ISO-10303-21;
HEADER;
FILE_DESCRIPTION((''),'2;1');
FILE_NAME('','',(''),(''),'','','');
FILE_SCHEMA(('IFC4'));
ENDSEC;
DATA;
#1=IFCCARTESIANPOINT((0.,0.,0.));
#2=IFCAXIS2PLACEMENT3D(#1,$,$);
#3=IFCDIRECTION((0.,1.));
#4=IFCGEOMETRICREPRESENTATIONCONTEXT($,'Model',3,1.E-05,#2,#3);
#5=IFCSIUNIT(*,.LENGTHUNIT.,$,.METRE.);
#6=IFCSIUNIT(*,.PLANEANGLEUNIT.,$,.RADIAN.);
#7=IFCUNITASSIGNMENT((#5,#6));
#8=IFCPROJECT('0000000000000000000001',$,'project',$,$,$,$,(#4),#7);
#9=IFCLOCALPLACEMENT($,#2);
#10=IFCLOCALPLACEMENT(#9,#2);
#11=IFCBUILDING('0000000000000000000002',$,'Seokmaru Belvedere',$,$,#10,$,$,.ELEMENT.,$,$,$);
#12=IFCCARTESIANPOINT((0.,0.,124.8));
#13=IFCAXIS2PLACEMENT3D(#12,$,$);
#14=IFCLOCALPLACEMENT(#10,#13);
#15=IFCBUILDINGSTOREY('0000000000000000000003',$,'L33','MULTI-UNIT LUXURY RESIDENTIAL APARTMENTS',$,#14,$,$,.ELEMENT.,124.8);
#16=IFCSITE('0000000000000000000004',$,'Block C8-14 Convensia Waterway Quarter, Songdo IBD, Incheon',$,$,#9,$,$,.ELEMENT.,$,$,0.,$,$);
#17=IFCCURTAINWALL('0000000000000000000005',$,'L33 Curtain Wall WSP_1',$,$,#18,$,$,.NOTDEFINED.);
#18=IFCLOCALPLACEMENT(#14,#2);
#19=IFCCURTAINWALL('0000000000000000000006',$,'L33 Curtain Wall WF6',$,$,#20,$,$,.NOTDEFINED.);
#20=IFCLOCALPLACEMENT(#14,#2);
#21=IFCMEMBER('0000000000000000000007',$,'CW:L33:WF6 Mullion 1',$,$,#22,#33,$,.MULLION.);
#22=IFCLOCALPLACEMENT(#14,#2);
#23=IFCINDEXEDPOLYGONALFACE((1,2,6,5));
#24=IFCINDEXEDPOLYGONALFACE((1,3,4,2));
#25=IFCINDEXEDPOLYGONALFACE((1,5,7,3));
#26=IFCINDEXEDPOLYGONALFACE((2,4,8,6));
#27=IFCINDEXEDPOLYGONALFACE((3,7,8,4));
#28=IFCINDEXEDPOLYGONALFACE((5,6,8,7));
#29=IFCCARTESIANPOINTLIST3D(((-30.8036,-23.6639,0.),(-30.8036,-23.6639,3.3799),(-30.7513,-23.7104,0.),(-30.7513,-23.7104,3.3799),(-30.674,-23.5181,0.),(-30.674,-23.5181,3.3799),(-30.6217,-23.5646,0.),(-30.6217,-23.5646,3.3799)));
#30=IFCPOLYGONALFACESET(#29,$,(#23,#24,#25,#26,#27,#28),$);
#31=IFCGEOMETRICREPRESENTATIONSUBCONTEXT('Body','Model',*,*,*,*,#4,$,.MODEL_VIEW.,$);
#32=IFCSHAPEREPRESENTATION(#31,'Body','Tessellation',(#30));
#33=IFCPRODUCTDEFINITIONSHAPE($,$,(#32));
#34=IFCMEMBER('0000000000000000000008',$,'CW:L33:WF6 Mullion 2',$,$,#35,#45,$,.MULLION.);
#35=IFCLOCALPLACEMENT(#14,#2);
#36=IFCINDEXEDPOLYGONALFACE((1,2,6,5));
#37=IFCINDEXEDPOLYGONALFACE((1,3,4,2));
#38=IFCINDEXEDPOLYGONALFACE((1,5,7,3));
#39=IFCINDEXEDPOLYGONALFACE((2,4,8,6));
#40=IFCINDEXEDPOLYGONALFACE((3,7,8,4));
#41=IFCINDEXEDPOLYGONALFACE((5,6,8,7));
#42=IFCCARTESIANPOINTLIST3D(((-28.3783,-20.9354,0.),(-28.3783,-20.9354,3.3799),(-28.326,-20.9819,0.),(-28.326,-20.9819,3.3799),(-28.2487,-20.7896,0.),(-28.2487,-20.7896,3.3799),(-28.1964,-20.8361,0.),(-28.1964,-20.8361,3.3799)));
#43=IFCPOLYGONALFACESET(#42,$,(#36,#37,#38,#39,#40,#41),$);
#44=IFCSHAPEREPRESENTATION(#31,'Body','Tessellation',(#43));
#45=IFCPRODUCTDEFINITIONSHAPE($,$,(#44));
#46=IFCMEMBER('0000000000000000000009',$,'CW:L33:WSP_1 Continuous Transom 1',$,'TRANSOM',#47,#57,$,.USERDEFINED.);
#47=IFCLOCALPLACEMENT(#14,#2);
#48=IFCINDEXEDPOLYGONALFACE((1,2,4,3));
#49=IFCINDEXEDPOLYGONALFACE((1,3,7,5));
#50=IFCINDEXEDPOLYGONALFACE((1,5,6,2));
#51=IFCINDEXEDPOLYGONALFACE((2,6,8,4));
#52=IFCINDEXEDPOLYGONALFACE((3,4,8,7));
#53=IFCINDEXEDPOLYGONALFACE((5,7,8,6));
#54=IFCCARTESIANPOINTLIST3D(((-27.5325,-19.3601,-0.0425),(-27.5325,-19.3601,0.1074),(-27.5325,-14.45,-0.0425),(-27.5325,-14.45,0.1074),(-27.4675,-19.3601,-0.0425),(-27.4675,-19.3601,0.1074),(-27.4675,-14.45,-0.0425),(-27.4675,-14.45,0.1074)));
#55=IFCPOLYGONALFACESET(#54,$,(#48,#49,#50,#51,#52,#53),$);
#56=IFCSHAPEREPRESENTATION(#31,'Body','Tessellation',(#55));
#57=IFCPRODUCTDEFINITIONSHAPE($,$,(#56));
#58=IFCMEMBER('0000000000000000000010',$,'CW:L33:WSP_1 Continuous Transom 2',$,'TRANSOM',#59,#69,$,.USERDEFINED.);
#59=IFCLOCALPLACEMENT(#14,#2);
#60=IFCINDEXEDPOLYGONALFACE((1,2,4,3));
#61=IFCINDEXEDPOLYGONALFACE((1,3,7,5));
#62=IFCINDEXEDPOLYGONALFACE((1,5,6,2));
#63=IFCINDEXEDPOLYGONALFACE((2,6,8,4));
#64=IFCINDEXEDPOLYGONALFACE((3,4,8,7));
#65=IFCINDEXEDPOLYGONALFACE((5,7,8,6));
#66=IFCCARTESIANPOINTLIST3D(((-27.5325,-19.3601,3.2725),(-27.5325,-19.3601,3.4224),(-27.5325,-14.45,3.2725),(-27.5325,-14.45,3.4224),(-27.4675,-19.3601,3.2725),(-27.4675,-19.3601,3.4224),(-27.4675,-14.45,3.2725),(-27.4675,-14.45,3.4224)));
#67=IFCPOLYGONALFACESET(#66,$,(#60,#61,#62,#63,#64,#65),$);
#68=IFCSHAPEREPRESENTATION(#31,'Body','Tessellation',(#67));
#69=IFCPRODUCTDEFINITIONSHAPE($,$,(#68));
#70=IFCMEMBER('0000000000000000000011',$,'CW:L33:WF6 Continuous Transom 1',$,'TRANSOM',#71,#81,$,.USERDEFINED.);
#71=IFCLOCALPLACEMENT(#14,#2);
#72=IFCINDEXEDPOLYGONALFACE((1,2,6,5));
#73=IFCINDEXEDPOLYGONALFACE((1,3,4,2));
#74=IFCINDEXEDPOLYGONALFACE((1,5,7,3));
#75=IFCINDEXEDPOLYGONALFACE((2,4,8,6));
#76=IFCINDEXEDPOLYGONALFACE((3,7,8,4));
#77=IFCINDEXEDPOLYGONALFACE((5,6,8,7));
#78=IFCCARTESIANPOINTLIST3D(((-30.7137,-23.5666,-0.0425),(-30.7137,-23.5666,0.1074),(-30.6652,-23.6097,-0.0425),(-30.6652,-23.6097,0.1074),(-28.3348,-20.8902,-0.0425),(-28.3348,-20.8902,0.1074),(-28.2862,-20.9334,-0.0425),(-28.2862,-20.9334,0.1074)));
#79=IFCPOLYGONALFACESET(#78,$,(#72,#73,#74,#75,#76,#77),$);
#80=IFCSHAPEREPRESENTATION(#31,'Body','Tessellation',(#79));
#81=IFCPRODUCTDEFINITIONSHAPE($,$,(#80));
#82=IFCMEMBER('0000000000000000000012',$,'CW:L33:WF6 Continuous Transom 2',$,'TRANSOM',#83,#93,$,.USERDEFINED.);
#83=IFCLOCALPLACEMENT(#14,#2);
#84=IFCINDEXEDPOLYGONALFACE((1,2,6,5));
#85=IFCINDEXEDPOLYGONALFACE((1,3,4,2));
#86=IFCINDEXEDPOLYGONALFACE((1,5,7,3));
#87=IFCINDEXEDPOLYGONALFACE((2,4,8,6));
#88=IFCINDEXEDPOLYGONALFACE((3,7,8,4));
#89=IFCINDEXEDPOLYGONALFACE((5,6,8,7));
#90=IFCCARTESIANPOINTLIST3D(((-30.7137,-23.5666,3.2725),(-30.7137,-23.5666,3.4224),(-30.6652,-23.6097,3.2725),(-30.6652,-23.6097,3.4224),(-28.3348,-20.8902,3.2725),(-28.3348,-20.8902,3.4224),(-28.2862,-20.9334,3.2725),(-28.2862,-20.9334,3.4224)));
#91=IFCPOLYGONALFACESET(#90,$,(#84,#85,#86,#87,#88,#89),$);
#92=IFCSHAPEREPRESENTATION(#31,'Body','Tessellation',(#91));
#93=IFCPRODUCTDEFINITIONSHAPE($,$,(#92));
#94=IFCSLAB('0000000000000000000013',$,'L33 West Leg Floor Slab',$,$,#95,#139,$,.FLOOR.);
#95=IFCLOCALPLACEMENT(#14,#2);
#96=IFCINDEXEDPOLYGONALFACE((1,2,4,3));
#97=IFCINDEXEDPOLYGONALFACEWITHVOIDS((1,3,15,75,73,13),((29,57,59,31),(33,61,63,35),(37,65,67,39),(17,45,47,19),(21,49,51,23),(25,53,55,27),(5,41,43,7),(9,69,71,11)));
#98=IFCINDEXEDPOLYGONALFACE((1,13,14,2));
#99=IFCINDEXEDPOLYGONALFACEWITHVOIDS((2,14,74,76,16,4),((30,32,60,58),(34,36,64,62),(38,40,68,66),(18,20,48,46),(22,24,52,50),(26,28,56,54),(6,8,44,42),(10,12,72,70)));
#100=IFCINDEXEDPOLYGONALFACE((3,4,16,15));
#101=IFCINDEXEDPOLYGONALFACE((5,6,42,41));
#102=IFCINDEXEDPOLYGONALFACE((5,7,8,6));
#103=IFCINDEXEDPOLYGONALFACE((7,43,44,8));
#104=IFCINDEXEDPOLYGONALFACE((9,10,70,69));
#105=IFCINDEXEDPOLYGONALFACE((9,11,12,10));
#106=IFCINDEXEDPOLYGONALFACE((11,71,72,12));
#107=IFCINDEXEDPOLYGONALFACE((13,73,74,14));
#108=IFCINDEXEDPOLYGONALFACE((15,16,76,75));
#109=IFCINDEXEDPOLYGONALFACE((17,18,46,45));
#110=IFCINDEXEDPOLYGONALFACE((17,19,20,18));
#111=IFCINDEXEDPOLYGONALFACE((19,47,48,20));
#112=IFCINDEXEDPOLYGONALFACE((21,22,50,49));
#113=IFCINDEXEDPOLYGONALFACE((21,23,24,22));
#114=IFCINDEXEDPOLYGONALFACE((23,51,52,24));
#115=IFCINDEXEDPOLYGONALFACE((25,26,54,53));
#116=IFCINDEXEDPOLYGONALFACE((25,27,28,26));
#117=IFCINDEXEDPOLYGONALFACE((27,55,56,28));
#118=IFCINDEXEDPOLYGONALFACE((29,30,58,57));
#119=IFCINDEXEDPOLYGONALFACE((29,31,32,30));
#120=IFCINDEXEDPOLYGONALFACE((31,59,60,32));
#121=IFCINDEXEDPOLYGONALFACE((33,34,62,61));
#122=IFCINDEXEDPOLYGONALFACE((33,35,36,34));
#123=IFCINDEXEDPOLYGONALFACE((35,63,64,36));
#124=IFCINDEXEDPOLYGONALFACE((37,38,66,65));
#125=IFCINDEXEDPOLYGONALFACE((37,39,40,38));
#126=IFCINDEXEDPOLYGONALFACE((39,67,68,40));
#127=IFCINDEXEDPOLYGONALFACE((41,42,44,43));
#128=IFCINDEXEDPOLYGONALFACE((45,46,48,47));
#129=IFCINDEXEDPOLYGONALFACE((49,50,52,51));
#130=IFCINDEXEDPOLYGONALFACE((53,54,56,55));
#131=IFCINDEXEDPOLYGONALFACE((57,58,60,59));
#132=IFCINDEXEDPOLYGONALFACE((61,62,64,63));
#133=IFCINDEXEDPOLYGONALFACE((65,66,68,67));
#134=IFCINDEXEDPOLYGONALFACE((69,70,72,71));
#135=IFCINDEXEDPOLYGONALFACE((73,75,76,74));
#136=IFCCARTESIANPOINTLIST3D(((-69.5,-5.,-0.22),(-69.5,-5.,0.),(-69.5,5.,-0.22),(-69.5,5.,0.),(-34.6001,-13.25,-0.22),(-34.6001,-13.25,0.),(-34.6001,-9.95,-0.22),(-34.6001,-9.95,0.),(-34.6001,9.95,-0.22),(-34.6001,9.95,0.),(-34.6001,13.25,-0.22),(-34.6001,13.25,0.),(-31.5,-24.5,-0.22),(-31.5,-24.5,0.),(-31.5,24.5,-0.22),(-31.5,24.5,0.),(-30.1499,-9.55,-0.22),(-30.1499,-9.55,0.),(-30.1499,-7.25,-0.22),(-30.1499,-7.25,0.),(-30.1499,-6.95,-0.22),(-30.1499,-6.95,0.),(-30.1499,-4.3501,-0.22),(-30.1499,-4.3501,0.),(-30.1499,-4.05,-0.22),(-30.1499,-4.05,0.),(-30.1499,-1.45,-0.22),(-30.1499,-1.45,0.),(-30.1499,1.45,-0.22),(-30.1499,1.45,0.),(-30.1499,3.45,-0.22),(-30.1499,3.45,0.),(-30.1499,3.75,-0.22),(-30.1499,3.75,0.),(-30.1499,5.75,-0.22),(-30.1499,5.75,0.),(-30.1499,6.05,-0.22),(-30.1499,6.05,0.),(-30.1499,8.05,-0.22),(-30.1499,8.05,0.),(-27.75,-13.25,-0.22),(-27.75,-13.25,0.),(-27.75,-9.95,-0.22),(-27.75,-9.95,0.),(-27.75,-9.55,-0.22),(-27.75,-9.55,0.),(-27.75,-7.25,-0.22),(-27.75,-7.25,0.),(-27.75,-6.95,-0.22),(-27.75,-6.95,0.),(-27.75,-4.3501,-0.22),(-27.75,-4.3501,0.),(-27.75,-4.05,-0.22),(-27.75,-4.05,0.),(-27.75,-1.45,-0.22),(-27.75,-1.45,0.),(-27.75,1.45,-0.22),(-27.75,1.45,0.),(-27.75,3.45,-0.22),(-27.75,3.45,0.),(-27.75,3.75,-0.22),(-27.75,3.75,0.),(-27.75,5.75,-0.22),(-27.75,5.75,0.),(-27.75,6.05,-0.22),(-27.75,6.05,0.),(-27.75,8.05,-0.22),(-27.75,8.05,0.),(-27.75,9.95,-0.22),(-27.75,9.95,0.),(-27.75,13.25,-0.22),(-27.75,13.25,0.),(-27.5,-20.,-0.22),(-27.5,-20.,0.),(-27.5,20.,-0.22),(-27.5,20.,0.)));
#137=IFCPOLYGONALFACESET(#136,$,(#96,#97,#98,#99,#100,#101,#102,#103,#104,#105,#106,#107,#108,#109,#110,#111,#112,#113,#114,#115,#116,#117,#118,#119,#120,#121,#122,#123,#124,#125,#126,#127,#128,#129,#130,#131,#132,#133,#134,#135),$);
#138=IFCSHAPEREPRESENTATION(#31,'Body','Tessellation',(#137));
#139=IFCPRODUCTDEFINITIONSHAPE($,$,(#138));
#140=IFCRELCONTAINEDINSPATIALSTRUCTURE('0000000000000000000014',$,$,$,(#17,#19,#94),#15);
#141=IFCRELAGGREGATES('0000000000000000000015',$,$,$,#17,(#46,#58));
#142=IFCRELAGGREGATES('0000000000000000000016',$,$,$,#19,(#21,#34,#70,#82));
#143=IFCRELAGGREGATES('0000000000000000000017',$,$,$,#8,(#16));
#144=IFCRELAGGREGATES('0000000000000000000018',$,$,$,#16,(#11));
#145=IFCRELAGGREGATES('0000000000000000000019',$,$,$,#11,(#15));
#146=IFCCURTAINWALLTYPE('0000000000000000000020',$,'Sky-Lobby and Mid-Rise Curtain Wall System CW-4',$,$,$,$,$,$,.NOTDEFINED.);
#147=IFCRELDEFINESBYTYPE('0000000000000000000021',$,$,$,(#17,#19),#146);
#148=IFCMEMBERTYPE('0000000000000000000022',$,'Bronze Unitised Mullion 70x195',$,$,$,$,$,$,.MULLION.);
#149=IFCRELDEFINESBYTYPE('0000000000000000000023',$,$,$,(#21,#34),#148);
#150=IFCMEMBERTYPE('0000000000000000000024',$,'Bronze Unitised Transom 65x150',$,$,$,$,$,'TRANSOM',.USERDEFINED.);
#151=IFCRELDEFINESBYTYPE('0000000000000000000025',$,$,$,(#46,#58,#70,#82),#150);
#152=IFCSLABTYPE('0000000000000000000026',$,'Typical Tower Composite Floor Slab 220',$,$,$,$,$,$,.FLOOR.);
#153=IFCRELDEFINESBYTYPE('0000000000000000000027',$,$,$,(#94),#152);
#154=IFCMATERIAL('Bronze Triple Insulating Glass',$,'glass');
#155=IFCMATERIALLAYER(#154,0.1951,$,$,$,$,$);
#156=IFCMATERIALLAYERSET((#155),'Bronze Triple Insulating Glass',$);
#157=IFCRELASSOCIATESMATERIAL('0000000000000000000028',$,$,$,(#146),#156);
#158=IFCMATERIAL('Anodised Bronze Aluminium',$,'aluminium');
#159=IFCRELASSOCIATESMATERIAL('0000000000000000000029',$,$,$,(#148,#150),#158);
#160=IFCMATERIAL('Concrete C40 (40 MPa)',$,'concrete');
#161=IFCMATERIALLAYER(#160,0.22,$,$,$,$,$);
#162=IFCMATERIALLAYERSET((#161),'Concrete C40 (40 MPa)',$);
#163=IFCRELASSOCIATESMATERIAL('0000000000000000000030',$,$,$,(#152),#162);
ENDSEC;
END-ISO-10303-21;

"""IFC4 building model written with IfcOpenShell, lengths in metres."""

from ifc_helpers import new_model, si_unit, direction, frame, origin, origin_2d, place, context, subcontext, project, spatial, polyline, rectangle, outline, extrude, source, transform, mapped, material, layer, layer_set, material_profile, profile_set, type_object, type_shapes, element, aggregate, save


model = new_model("IFC4")

# Units and contexts
model_context = context("Model", 3, precision=1e-05, world=origin(), true_north=direction((0.0, 1.0)))
body_context = subcontext(model_context, "Body", "Model", "MODEL_VIEW")
ifc_project = project(units=[si_unit("LENGTHUNIT", "METRE"), si_unit("PLANEANGLEUNIT", "RADIAN")], contexts=[model_context])

# Site, building, storey
site_placement = place(None, origin())
site = spatial("IfcSite", under=ifc_project, at=site_placement, Name="Block C8-14 Convensia Waterway Quarter, Songdo IBD, Incheon", CompositionType="ELEMENT", RefElevation=0.0)
building_placement = place(site_placement, origin())
building = spatial("IfcBuilding", under=site, at=building_placement, Name="Seokmaru Belvedere", CompositionType="ELEMENT")
storey_placement = place(building_placement, frame((0.0, 0.0, 124.8)))
storey = spatial("IfcBuildingStorey", under=building, at=storey_placement, Name="L33", Description="MULTI-UNIT LUXURY RESIDENTIAL APARTMENTS", CompositionType="ELEMENT", Elevation=124.8)

# Curtain walls, members
ifc_material_1 = material(Name="Bronze Triple Insulating Glass", Category="glass")
ifc_layer_1 = layer(ifc_material_1, 0.1951)
ifc_layer_set_1 = layer_set([ifc_layer_1], Name="Bronze Triple Insulating Glass")
curtain_wall_type = type_object("IfcCurtainWallType", Name="Sky-Lobby and Mid-Rise Curtain Wall System CW-4", PredefinedType="NOTDEFINED", material=ifc_layer_set_1)
curtain_wall_1_placement = place(storey_placement, origin())
curtain_wall_1 = element("IfcCurtainWall", 1, at=curtain_wall_1_placement, inside=storey, type_object=curtain_wall_type, Name="L33 Curtain Wall WSP_1", PredefinedType="NOTDEFINED")
ifc_material_2 = material(Name="Anodised Bronze Aluminium", Category="aluminium")
ifc_material_profile_1 = material_profile(ifc_material_2, rectangle(XDim=0.0701, YDim=0.1951, at=origin_2d()), Name="CW-M-70x195")
ifc_profile_set_1 = profile_set([ifc_material_profile_1], Name="Anodised Bronze Aluminium")
member_type_1 = type_object("IfcMemberType", Name="Bronze Unitised Mullion 70x195", PredefinedType="MULLION", material=ifc_profile_set_1)
shared_shape_1 = source(origin(), body_context, "Body", "SweptSolid", [
    extrude(rectangle(XDim=0.0701, YDim=0.1951, at=origin_2d()), origin(), (0.0, 0.0, 1.0), 3.3799),
])
type_shapes(member_type_1, [shared_shape_1])
curtain_wall_2_placement = place(storey_placement, origin())
curtain_wall_2 = element("IfcCurtainWall", 2, at=curtain_wall_2_placement, inside=storey, type_object=curtain_wall_type, Name="L33 Curtain Wall WF6", PredefinedType="NOTDEFINED")
member_1_placement = place(storey_placement, frame((-30.7126, -23.6143, 0.0), z_axis=(0.0, 0.0, 1.0), x_axis=(-0.74741, 0.664363, 0.0)))
member_1 = element("IfcMember", 3, at=member_1_placement, type_object=member_type_1, Name="CW:L33:WF6 Mullion 1", PredefinedType="MULLION", context=body_context, shape_type="MappedRepresentation", body=[
    mapped(shared_shape_1, transform((0.0, 0.0, 0.0), scale=1.0)),
])
member_2_placement = place(storey_placement, frame((-28.2874, -20.8857, 0.0), z_axis=(0.0, 0.0, 1.0), x_axis=(-0.74741, 0.664363, 0.0)))
member_2 = element("IfcMember", 4, at=member_2_placement, type_object=member_type_1, Name="CW:L33:WF6 Mullion 2", PredefinedType="MULLION", context=body_context, shape_type="MappedRepresentation", body=[
    mapped(shared_shape_1, transform((0.0, 0.0, 0.0), scale=1.0)),
])

# Members
ifc_material_profile_2 = material_profile(ifc_material_2, rectangle(XDim=0.0649, YDim=0.1499, at=origin_2d()), Name="CW-T-65x150")
ifc_profile_set_2 = profile_set([ifc_material_profile_2], Name="Anodised Bronze Aluminium")
member_type_2 = type_object("IfcMemberType", Name="Bronze Unitised Transom 65x150", ElementType="TRANSOM", PredefinedType="USERDEFINED", material=ifc_profile_set_2)
shared_shape_2 = source(origin(), body_context, "Body", "SweptSolid", [
    extrude(rectangle(XDim=0.0649, YDim=0.1499, at=origin_2d()), origin(), (0.0, 0.0, 1.0), 4.9102),
])
member_3_placement = place(storey_placement, frame((-27.5, -19.3601, 0.0325), z_axis=(0.0, 1.0, 0.0), x_axis=(-1.0, 0.0, 0.0)))
member_3 = element("IfcMember", 5, at=member_3_placement, type_object=member_type_2, Name="CW:L33:WSP_1 Continuous Transom 1", ObjectType="TRANSOM", PredefinedType="USERDEFINED", context=body_context, shape_type="MappedRepresentation", body=[
    mapped(shared_shape_2, transform((0.0, 0.0, 0.0), scale=1.0)),
])
member_4_placement = place(storey_placement, frame((-27.5, -19.3601, 3.3474), z_axis=(0.0, 1.0, 0.0), x_axis=(-1.0, 0.0, 0.0)))
member_4 = element("IfcMember", 6, at=member_4_placement, type_object=member_type_2, Name="CW:L33:WSP_1 Continuous Transom 2", ObjectType="TRANSOM", PredefinedType="USERDEFINED", context=body_context, shape_type="MappedRepresentation", body=[
    mapped(shared_shape_2, transform((0.0, 0.0, 0.0), scale=1.0)),
])
shared_shape_3 = source(origin(), body_context, "Body", "SweptSolid", [
    extrude(rectangle(XDim=0.0649, YDim=0.1499, at=origin_2d()), origin(), (0.0, 0.0, 1.0), 3.5808),
])
type_shapes(member_type_2, [shared_shape_2, shared_shape_3])
member_5_placement = place(storey_placement, frame((-30.6895, -23.5881, 0.0325), z_axis=(0.664364, 0.747409, 0.0), x_axis=(-0.747409, 0.664364, 0.0)))
member_5 = element("IfcMember", 7, at=member_5_placement, type_object=member_type_2, Name="CW:L33:WF6 Continuous Transom 1", ObjectType="TRANSOM", PredefinedType="USERDEFINED", context=body_context, shape_type="MappedRepresentation", body=[
    mapped(shared_shape_3, transform((0.0, 0.0, 0.0), scale=1.0)),
])
member_6_placement = place(storey_placement, frame((-30.6895, -23.5881, 3.3474), z_axis=(0.664364, 0.747409, 0.0), x_axis=(-0.747409, 0.664364, 0.0)))
member_6 = element("IfcMember", 8, at=member_6_placement, type_object=member_type_2, Name="CW:L33:WF6 Continuous Transom 2", ObjectType="TRANSOM", PredefinedType="USERDEFINED", context=body_context, shape_type="MappedRepresentation", body=[
    mapped(shared_shape_3, transform((0.0, 0.0, 0.0), scale=1.0)),
])

# Slab
ifc_material_3 = material(Name="Concrete C40 (40 MPa)", Category="concrete")
ifc_layer_2 = layer(ifc_material_3, 0.22)
ifc_layer_set_2 = layer_set([ifc_layer_2], Name="Concrete C40 (40 MPa)")
slab_type = type_object("IfcSlabType", Name="Typical Tower Composite Floor Slab 220", PredefinedType="FLOOR", material=ifc_layer_set_2)
slab_1_placement = place(storey_placement, frame((0.0, 0.0, -0.22)))
element("IfcSlab", 9, at=slab_1_placement, inside=storey, type_object=slab_type, Name="L33 West Leg Floor Slab", PredefinedType="FLOOR", context=body_context, shape_type="SweptSolid", body=[
    extrude(outline(polyline([(-27.5, -20.0), (-27.5, 20.0), (-31.5, 24.5), (-69.5, 5.0), (-69.5, -5.0), (-31.5, -24.5), (-27.5, -20.0)]), holes=[polyline([(-34.6001, -13.25), (-27.75, -13.25), (-27.75, -9.95), (-34.6001, -9.95), (-34.6001, -13.25)]), polyline([(-34.6001, 9.95), (-27.75, 9.95), (-27.75, 13.25), (-34.6001, 13.25), (-34.6001, 9.95)]), polyline([(-30.1499, -9.55), (-27.75, -9.55), (-27.75, -7.25), (-30.1499, -7.25), (-30.1499, -9.55)]), polyline([(-30.1499, -6.95), (-27.75, -6.95), (-27.75, -4.3501), (-30.1499, -4.3501), (-30.1499, -6.95)]), polyline([(-30.1499, -4.05), (-27.75, -4.05), (-27.75, -1.45), (-30.1499, -1.45), (-30.1499, -4.05)]), polyline([(-30.1499, 1.45), (-27.75, 1.45), (-27.75, 3.45), (-30.1499, 3.45), (-30.1499, 1.45)]), polyline([(-30.1499, 3.75), (-27.75, 3.75), (-27.75, 5.75), (-30.1499, 5.75), (-30.1499, 3.75)]), polyline([(-30.1499, 6.05), (-27.75, 6.05), (-27.75, 8.05), (-30.1499, 8.05), (-30.1499, 6.05)])]), origin(), (0.0, 0.0, 1.0), 0.22),
])

aggregate(curtain_wall_1, [member_3, member_4])
aggregate(curtain_wall_2, [member_1, member_2, member_5, member_6])

save(model, "model.ifc")
